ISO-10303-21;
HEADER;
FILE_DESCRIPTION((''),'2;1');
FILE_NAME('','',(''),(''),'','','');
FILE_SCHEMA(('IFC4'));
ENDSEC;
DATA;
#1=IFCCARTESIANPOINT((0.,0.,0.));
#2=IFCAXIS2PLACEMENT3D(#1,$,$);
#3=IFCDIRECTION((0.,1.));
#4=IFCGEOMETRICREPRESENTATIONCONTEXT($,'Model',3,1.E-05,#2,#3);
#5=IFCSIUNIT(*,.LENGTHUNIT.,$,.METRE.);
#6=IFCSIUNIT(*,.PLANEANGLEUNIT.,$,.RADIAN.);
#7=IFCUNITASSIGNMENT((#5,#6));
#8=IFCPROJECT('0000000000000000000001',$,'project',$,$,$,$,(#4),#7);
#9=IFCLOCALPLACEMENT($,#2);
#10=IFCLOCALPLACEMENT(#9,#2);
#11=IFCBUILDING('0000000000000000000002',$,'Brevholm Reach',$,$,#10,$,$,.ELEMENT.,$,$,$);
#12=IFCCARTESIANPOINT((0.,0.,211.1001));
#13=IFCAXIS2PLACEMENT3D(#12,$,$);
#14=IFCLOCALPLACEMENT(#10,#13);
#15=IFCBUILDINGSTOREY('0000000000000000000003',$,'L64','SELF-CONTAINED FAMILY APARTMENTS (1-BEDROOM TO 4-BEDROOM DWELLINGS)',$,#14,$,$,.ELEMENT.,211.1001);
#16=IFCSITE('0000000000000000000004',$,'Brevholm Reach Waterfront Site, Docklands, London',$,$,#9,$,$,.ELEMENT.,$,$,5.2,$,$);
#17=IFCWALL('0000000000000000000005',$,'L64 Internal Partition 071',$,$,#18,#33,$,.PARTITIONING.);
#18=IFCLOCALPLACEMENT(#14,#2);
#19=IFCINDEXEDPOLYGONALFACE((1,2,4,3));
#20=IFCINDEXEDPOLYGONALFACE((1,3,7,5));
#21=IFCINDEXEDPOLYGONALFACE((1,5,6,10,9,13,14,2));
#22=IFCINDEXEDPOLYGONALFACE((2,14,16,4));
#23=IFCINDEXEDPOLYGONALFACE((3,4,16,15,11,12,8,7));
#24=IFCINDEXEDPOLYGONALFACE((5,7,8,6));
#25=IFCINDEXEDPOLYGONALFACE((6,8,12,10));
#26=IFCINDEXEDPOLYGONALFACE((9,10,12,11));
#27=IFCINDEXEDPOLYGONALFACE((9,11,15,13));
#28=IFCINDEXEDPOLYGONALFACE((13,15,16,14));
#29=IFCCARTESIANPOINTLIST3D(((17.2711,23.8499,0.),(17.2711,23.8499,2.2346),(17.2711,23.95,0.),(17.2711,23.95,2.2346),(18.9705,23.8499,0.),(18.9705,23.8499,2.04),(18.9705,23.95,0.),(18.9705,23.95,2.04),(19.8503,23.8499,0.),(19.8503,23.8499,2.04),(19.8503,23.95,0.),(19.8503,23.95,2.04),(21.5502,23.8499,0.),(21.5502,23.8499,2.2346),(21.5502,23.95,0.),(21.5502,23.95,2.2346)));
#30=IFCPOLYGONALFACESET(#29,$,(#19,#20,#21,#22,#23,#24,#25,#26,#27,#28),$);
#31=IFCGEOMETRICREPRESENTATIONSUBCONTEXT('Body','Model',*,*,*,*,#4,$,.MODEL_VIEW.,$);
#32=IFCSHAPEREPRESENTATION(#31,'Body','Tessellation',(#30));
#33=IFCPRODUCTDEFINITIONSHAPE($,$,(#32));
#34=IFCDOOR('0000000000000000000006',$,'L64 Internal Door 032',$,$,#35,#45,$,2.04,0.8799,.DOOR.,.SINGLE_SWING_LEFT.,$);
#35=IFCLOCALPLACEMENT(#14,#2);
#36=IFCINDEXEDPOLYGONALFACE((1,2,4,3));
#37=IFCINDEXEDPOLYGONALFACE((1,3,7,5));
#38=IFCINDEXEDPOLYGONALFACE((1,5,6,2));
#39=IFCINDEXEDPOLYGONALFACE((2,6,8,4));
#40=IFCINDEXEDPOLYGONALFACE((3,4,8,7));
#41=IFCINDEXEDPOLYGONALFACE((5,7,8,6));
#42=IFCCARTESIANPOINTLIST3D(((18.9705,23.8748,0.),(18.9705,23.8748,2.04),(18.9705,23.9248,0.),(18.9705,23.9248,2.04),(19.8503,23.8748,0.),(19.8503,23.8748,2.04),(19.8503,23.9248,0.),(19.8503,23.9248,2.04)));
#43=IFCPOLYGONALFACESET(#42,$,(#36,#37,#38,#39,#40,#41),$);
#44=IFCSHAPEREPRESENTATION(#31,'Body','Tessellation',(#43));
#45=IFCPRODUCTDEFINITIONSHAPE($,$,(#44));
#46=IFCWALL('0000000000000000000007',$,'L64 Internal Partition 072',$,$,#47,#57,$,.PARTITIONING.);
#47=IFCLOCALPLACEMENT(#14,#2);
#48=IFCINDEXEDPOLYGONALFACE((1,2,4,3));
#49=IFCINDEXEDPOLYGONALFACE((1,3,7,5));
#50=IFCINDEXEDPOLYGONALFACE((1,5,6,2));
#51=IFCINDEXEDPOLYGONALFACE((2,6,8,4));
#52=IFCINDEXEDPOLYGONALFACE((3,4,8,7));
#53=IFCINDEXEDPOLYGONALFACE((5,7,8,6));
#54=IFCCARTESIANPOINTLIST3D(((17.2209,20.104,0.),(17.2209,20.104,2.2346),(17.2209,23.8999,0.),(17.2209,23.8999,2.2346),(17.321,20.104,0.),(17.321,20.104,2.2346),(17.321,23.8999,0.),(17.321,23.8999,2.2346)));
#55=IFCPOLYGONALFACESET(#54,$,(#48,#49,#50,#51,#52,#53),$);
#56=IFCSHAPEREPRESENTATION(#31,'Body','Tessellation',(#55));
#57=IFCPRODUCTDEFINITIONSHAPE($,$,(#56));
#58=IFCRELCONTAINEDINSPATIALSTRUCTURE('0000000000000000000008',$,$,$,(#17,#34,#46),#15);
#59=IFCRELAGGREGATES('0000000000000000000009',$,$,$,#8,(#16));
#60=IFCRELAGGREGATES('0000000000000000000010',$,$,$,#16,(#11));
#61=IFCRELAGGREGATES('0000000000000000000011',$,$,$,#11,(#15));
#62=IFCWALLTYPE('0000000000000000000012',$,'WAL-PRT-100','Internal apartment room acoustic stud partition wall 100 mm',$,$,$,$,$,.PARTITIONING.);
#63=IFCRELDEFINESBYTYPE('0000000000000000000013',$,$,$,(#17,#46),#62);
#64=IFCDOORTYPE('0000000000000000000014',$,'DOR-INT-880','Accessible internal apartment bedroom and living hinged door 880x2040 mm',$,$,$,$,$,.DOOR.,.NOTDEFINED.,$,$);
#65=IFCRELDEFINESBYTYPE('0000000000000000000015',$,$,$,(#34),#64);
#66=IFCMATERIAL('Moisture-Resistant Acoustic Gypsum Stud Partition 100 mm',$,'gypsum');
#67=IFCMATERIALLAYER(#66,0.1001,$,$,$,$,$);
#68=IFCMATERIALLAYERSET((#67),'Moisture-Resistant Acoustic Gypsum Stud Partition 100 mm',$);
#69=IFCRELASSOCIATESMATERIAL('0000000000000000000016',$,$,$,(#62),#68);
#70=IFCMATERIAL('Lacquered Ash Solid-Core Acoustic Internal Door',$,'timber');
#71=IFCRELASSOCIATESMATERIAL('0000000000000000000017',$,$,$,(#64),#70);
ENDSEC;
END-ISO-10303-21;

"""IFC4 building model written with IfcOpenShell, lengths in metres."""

from ifc_helpers import new_model, si_unit, direction, frame, frame_2d, origin, place, context, subcontext, project, spatial, rectangle, extrude, material, layer, layer_set, type_object, element, fill, save


model = new_model("IFC4")

# Units and contexts
model_context = context("Model", 3, precision=1e-05, world=origin(), true_north=direction((0.0, 1.0)))
body_context = subcontext(model_context, "Body", "Model", "MODEL_VIEW")
ifc_project = project(units=[si_unit("LENGTHUNIT", "METRE"), si_unit("PLANEANGLEUNIT", "RADIAN")], contexts=[model_context])

# Site, building, storey
site_placement = place(None, origin())
site = spatial("IfcSite", under=ifc_project, at=site_placement, Name="Brevholm Reach Waterfront Site, Docklands, London", CompositionType="ELEMENT", RefElevation=5.2)
building_placement = place(site_placement, origin())
building = spatial("IfcBuilding", under=site, at=building_placement, Name="Brevholm Reach", CompositionType="ELEMENT")
storey_placement = place(building_placement, frame((0.0, 0.0, 211.1001)))
storey = spatial("IfcBuildingStorey", under=building, at=storey_placement, Name="L64", Description="SELF-CONTAINED FAMILY APARTMENTS (1-BEDROOM TO 4-BEDROOM DWELLINGS)", CompositionType="ELEMENT", Elevation=211.1001)

# Shared definitions
ifc_material_1 = material(Name="Moisture-Resistant Acoustic Gypsum Stud Partition 100 mm", Category="gypsum")
ifc_layer_1 = layer(ifc_material_1, 0.1001)
ifc_layer_set_1 = layer_set([ifc_layer_1], Name="Moisture-Resistant Acoustic Gypsum Stud Partition 100 mm")
wall_type = type_object("IfcWallType", Name="WAL-PRT-100", Description="Internal apartment room acoustic stud partition wall 100 mm", PredefinedType="PARTITIONING", material=ifc_layer_set_1)

# Wall, opening, door
ifc_material_2 = material(Name="Lacquered Ash Solid-Core Acoustic Internal Door", Category="timber")
door_type = type_object("IfcDoorType", Name="DOR-INT-880", Description="Accessible internal apartment bedroom and living hinged door 880x2040 mm", OperationType="NOTDEFINED", PredefinedType="DOOR", material=ifc_material_2)
wall_1_placement = place(storey_placement, frame((17.271, 23.8999, 0.0), z_axis=(0.0, 0.0, 1.0), x_axis=(1.0, 0.0, 0.0)))
wall_1 = element("IfcWall", 1, at=wall_1_placement, inside=storey, type_object=wall_type, Name="L64 Internal Partition 071", PredefinedType="PARTITIONING", context=body_context, shape_type="SweptSolid", body=[
    extrude(rectangle(XDim=4.2791, YDim=0.1001, at=frame_2d((2.1396, 0.0))), origin(), (0.0, 0.0, 1.0), 2.2346),
])
opening_1_placement = place(wall_1_placement, frame((1.6995, 0.0, 0.0)))
opening_1 = element("IfcOpeningElement", 2, at=opening_1_placement, cuts=wall_1, PredefinedType="OPENING", context=body_context, shape_type="SweptSolid", body=[
    extrude(rectangle(XDim=0.8799, YDim=2.04, at=frame_2d((0.4399, 1.02))), frame((0.0, 0.0601, 0.0), z_axis=(0.0, -1.0, 0.0), x_axis=(1.0, 0.0, 0.0)), (0.0, 0.0, 1.0), 0.1201),
])
door_1_placement = place(opening_1_placement, origin())
door_1 = element("IfcDoor", 3, at=door_1_placement, inside=storey, type_object=door_type, Name="L64 Internal Door 032", OperationType="SINGLE_SWING_LEFT", OverallHeight=2.04, OverallWidth=0.8799, PredefinedType="DOOR", context=body_context, shape_type="SweptSolid", body=[
    extrude(rectangle(XDim=0.8799, YDim=2.04, at=frame_2d((0.4399, 1.02))), frame((0.0, 0.0249, 0.0), z_axis=(0.0, -1.0, 0.0), x_axis=(1.0, 0.0, 0.0)), (0.0, 0.0, 1.0), 0.05),
])
fill(opening_1, door_1)

# Wall
wall_2_placement = place(storey_placement, frame((17.271, 20.104, 0.0), z_axis=(0.0, 0.0, 1.0), x_axis=(0.0, 1.0, 0.0)))
element("IfcWall", 4, at=wall_2_placement, inside=storey, type_object=wall_type, Name="L64 Internal Partition 072", PredefinedType="PARTITIONING", context=body_context, shape_type="SweptSolid", body=[
    extrude(rectangle(XDim=3.7959, YDim=0.1001, at=frame_2d((1.8979, 0.0))), origin(), (0.0, 0.0, 1.0), 2.2346),
])

save(model, "model.ifc")
